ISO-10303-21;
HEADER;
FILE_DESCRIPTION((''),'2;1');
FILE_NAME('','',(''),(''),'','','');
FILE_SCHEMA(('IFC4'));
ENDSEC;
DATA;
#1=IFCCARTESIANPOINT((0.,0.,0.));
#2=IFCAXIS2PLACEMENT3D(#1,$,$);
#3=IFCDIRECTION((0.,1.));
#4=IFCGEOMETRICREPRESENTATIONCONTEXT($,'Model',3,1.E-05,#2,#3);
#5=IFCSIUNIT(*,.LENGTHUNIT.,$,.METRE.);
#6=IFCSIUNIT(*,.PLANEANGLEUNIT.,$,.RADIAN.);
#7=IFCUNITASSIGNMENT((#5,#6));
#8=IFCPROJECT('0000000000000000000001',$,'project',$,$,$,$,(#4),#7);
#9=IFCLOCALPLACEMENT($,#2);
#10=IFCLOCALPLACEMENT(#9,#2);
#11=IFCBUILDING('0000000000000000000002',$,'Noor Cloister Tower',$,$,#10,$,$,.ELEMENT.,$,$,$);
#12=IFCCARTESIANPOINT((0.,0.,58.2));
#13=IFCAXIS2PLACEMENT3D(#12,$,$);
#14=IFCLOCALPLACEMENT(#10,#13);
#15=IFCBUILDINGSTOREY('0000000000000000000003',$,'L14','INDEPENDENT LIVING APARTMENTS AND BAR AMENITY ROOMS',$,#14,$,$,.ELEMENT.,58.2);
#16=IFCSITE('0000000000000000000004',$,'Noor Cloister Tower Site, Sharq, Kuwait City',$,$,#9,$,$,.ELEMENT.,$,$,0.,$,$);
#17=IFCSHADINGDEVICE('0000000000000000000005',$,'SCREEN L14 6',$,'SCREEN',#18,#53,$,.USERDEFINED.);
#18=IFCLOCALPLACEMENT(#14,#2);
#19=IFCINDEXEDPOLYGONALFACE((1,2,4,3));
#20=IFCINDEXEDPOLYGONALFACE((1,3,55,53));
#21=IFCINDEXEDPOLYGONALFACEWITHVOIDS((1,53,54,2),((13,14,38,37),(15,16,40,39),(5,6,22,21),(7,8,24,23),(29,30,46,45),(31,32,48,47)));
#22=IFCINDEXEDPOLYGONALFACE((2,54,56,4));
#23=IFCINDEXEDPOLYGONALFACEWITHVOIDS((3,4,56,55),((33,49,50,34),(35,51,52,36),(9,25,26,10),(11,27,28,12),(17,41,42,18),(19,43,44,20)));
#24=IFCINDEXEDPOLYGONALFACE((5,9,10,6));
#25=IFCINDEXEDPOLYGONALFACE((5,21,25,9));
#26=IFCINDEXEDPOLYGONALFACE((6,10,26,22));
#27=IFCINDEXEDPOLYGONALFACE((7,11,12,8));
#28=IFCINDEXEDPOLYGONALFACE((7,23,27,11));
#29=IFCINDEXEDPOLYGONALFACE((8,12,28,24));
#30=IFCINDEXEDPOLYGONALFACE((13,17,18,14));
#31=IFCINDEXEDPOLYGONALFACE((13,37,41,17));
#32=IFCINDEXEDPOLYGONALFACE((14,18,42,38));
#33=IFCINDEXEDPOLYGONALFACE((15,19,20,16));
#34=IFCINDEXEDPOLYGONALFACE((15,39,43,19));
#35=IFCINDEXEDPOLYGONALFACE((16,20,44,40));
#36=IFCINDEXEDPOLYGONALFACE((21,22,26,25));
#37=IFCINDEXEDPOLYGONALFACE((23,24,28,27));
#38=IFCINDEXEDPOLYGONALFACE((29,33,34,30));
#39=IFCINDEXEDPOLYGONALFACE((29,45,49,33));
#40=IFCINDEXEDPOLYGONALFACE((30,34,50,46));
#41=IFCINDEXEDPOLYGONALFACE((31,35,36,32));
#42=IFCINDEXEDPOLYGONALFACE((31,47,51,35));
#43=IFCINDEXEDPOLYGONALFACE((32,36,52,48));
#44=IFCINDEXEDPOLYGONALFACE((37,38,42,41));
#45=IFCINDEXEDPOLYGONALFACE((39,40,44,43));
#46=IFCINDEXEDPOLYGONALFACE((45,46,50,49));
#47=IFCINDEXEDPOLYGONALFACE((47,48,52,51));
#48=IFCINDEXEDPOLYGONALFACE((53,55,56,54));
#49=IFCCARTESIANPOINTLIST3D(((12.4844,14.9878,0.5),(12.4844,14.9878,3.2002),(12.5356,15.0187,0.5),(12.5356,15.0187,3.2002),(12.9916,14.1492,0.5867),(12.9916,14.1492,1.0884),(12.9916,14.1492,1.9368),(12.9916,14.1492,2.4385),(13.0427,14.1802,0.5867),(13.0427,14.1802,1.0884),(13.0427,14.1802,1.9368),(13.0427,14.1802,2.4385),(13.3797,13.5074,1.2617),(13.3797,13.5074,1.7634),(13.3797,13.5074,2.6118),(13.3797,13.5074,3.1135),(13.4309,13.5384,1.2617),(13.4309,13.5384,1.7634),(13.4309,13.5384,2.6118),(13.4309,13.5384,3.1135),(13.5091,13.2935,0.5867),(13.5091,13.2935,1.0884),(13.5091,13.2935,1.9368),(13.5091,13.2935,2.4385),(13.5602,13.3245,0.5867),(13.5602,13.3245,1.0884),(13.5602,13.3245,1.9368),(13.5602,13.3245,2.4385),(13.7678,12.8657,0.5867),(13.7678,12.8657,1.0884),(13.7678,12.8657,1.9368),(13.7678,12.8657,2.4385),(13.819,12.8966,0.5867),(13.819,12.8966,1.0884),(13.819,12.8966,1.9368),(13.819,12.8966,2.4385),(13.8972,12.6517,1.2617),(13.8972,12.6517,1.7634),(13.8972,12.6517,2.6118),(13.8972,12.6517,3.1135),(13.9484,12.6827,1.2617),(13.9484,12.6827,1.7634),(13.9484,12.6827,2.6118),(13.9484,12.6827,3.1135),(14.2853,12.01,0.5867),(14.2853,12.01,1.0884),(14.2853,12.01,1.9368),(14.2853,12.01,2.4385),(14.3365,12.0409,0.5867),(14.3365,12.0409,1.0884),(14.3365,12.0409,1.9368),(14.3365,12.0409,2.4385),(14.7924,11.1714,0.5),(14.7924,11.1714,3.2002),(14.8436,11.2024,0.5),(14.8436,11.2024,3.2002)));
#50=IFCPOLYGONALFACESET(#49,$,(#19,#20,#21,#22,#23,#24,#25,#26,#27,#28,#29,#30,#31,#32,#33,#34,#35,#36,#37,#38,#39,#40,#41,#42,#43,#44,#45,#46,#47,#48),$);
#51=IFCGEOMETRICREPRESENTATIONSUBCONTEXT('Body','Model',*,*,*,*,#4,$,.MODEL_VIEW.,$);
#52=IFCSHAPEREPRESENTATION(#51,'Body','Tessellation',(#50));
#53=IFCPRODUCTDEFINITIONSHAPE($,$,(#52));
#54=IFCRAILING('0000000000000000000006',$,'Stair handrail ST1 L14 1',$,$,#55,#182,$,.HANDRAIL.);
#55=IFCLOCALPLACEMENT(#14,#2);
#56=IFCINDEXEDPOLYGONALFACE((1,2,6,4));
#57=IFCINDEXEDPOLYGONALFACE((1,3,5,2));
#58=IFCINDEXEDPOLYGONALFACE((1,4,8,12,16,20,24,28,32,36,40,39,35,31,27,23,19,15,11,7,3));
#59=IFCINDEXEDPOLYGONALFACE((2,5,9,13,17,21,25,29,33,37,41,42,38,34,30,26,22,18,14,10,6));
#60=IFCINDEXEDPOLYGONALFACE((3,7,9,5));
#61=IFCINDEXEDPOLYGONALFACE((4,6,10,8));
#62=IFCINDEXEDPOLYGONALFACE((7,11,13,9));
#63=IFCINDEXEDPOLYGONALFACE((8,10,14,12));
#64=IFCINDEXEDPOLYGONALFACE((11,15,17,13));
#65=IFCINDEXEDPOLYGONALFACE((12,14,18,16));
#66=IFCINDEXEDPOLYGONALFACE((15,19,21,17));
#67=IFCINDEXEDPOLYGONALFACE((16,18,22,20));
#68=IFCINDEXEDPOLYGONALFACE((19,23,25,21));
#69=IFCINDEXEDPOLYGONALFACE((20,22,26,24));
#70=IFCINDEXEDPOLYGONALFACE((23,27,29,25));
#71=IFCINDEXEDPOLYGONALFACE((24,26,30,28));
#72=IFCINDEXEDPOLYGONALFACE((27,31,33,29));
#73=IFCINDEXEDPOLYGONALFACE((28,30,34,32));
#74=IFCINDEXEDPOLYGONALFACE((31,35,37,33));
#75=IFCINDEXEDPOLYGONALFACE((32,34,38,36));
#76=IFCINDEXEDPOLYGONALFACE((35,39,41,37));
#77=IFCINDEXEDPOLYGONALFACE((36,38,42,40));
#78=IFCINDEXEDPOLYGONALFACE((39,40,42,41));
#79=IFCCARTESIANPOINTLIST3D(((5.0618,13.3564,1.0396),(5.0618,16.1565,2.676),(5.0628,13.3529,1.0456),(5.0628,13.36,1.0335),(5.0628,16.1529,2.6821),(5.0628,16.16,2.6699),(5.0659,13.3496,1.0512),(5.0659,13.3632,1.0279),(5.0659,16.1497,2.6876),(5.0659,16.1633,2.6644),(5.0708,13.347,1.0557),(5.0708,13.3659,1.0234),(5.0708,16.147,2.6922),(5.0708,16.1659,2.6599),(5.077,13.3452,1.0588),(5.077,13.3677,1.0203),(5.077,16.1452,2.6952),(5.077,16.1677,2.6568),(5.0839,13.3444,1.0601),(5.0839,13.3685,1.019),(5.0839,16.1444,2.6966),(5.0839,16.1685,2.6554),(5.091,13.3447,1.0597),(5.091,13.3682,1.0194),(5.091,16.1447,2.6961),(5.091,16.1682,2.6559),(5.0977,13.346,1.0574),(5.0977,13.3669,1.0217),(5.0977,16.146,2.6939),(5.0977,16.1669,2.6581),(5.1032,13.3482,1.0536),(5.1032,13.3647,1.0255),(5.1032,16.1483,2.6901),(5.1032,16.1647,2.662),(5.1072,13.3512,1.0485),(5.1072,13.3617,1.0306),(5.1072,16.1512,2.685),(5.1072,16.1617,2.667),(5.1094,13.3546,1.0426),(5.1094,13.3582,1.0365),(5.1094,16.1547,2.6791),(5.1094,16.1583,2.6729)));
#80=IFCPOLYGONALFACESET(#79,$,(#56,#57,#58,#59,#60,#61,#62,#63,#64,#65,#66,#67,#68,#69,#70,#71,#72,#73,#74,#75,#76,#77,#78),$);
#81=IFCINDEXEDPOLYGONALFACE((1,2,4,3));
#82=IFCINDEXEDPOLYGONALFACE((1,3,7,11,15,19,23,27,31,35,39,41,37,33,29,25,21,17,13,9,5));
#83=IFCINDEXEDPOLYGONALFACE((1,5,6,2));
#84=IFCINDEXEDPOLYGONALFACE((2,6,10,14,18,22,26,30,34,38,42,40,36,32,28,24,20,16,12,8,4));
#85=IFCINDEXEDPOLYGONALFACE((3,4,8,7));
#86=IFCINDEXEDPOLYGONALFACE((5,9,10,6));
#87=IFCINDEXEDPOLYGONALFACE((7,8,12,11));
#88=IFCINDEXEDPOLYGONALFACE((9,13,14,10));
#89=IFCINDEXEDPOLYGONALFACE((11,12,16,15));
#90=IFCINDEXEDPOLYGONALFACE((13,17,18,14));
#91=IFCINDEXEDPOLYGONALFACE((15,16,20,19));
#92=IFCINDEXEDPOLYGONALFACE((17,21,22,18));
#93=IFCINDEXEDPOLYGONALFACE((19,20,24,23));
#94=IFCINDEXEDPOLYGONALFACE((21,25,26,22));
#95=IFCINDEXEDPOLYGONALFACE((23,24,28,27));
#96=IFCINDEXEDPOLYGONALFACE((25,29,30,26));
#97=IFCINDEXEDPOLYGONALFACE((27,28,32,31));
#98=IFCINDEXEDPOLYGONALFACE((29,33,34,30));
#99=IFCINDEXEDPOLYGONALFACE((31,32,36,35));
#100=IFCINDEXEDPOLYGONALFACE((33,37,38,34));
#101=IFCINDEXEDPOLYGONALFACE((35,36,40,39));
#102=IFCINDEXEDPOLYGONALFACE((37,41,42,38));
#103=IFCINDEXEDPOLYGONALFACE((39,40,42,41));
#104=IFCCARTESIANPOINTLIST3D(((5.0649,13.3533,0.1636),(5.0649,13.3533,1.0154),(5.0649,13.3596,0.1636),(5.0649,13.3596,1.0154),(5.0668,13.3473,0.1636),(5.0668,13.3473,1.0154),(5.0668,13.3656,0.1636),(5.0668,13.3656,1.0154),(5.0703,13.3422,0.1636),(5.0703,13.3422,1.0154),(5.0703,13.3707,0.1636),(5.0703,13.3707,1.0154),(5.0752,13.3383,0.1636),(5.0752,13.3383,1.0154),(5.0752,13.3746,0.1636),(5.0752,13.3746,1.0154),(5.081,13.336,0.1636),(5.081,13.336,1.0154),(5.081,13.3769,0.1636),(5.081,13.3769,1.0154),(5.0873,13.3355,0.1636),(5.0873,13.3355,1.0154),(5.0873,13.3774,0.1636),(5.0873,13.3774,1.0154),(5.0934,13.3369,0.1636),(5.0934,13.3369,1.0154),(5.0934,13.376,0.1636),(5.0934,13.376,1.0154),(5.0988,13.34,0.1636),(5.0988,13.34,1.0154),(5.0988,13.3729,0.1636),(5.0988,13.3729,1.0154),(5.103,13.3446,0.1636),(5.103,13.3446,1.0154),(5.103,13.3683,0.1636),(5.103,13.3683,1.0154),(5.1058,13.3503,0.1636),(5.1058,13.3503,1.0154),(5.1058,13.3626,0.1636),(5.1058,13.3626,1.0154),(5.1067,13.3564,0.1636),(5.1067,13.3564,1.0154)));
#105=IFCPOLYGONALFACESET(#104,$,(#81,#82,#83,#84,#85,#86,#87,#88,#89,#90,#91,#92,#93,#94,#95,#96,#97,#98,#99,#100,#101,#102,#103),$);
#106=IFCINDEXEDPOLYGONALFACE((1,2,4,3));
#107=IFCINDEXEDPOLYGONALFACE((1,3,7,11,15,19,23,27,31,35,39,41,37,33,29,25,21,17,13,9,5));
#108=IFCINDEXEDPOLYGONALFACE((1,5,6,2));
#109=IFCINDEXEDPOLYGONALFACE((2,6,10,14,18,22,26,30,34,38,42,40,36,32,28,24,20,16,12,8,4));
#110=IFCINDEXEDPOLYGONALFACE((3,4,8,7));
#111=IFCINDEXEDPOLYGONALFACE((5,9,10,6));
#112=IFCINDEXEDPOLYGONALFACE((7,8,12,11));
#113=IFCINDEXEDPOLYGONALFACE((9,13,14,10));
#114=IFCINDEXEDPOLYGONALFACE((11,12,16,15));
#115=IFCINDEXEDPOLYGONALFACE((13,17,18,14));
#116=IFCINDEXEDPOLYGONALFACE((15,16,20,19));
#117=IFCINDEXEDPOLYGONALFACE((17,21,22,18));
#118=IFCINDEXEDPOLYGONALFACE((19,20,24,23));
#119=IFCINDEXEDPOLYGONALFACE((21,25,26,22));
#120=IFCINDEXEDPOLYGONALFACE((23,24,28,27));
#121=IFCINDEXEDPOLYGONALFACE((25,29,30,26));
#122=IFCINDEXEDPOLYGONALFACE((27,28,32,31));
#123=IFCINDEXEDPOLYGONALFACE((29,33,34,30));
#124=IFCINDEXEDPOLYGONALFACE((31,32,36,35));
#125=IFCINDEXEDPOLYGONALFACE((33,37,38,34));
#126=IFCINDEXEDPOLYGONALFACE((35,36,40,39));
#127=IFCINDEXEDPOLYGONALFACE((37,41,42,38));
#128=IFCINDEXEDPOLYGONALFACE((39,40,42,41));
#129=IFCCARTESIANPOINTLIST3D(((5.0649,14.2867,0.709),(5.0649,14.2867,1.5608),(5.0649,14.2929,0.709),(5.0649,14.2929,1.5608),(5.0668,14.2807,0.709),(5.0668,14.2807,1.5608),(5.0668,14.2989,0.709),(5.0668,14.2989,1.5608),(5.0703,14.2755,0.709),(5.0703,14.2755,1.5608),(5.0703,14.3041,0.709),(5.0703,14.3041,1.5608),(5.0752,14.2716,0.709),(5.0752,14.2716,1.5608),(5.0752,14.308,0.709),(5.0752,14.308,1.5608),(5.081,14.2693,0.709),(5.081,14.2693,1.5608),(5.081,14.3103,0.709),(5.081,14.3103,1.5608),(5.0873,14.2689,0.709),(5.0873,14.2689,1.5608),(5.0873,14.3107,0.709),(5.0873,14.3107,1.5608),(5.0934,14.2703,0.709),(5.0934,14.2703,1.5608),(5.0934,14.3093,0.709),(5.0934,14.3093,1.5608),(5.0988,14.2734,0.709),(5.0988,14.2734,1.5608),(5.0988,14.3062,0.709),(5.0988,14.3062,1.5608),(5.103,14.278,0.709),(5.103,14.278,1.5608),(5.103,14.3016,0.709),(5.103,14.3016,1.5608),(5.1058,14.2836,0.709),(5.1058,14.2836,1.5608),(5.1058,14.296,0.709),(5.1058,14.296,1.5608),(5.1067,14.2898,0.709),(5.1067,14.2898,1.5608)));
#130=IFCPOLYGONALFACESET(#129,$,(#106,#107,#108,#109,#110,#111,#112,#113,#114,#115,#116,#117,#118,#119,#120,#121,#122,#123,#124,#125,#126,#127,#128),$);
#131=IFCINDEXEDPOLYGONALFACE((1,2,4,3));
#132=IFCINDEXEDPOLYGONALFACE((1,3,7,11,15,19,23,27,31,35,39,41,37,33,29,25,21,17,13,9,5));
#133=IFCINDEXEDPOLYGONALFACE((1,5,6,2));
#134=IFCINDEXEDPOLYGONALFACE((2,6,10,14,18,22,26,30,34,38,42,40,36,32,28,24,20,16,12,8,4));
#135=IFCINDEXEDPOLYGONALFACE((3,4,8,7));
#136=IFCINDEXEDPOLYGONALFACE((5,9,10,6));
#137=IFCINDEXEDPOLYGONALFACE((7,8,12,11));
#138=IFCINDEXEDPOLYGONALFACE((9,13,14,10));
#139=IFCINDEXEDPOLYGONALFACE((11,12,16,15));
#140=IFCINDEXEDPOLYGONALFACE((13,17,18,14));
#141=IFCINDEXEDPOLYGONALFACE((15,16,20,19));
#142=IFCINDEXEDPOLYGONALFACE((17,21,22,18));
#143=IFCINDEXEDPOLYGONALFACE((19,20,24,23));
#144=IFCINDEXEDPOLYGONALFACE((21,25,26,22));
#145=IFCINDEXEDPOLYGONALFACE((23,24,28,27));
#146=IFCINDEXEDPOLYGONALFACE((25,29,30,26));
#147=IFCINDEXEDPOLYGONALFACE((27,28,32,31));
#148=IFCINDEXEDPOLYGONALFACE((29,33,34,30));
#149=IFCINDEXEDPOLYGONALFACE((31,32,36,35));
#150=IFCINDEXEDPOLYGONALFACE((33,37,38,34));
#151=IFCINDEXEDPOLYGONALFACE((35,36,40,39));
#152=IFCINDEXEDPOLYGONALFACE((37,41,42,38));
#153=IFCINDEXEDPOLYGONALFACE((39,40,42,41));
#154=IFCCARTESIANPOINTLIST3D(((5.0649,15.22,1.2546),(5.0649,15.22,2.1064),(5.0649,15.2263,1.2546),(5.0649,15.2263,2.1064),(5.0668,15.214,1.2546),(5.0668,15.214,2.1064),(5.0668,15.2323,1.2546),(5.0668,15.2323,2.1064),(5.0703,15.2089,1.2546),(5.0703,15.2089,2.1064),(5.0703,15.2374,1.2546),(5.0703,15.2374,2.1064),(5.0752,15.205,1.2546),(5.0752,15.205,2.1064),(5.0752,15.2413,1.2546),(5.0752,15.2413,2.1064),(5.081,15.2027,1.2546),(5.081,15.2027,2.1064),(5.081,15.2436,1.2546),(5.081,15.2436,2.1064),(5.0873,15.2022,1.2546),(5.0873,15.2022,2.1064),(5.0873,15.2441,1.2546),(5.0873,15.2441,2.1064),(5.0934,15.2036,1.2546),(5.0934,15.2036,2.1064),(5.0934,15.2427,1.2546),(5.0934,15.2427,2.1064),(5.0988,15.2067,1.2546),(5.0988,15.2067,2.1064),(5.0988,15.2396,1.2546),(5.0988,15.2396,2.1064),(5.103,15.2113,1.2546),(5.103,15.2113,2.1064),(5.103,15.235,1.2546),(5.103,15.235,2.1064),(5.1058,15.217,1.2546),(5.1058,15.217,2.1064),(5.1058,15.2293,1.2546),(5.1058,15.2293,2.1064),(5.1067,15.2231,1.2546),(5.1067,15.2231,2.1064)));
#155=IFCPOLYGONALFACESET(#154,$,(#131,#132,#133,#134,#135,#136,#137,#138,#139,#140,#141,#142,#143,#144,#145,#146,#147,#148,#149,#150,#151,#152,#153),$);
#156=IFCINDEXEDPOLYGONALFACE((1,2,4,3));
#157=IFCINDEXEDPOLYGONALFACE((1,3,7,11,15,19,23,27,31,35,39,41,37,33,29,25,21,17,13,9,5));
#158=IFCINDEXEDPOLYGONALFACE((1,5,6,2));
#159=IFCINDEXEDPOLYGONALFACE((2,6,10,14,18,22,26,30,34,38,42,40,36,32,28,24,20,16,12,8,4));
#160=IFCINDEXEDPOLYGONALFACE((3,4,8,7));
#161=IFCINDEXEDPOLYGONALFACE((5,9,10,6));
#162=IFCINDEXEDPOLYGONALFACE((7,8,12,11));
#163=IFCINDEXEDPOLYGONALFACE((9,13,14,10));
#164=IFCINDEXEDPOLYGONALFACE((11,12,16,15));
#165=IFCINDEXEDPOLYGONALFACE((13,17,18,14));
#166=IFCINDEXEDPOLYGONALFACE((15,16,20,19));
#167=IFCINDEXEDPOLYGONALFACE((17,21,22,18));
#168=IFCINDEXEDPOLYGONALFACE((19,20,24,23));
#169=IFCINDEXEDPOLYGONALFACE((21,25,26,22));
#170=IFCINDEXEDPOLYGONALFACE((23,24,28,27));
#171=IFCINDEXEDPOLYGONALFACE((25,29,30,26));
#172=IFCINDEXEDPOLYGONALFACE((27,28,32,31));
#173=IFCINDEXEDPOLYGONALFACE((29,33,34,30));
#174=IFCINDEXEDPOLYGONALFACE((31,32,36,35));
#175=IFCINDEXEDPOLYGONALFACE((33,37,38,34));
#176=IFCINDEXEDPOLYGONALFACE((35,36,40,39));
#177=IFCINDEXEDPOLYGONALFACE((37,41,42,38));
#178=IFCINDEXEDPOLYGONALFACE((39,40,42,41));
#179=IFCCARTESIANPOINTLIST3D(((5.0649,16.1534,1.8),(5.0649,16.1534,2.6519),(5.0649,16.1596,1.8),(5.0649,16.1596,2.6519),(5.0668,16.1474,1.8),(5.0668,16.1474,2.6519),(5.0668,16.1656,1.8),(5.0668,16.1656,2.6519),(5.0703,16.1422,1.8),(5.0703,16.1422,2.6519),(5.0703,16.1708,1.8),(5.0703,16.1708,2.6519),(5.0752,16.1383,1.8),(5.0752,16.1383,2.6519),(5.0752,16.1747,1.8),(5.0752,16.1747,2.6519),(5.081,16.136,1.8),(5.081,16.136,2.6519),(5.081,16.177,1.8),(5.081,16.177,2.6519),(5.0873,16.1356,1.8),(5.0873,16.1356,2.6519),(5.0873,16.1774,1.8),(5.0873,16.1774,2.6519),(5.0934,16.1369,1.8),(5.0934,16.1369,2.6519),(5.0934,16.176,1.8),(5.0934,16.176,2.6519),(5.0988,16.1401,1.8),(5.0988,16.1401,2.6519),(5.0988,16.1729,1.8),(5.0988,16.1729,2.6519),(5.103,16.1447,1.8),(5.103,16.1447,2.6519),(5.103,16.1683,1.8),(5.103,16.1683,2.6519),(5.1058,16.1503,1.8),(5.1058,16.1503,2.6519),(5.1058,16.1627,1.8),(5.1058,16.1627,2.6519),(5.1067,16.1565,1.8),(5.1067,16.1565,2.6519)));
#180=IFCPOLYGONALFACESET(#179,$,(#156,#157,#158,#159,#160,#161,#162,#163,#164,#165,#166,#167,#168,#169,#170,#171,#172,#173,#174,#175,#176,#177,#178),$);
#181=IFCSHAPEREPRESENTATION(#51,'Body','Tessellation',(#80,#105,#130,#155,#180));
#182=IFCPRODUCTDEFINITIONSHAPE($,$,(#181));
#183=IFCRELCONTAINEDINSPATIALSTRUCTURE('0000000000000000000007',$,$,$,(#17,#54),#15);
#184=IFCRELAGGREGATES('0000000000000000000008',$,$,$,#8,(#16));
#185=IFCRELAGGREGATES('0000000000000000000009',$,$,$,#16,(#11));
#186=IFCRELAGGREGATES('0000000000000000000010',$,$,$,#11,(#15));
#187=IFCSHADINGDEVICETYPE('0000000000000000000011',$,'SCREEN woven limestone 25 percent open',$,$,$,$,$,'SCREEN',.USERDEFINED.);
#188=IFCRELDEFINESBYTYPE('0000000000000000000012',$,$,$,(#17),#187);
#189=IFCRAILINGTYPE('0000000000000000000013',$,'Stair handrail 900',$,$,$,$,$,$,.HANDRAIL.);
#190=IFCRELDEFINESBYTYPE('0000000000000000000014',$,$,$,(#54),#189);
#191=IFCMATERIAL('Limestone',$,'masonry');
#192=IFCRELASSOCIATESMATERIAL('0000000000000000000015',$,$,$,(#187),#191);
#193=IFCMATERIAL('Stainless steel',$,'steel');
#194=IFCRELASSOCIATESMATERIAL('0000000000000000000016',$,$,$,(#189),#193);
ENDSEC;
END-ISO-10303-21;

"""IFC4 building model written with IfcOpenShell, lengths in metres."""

from ifc_helpers import new_model, si_unit, direction, frame, origin, origin_2d, place, context, subcontext, project, spatial, polyline, circle, outline, extrude, material, material_profile, profile_set, type_object, element, save


model = new_model("IFC4")

# Units and contexts
model_context = context("Model", 3, precision=1e-05, world=origin(), true_north=direction((0.0, 1.0)))
body_context = subcontext(model_context, "Body", "Model", "MODEL_VIEW")
ifc_project = project(units=[si_unit("LENGTHUNIT", "METRE"), si_unit("PLANEANGLEUNIT", "RADIAN")], contexts=[model_context])

# Site, building, storey
site_placement = place(None, origin())
site = spatial("IfcSite", under=ifc_project, at=site_placement, Name="Noor Cloister Tower Site, Sharq, Kuwait City", CompositionType="ELEMENT", RefElevation=0.0)
building_placement = place(site_placement, origin())
building = spatial("IfcBuilding", under=site, at=building_placement, Name="Noor Cloister Tower", CompositionType="ELEMENT")
storey_placement = place(building_placement, frame((0.0, 0.0, 58.2)))
storey = spatial("IfcBuildingStorey", under=building, at=storey_placement, Name="L14", Description="INDEPENDENT LIVING APARTMENTS AND BAR AMENITY ROOMS", CompositionType="ELEMENT", Elevation=58.2)

# Shading device
ifc_material_1 = material(Name="Limestone", Category="masonry")
ifc_material_profile_1 = material_profile(ifc_material_1, outline(polyline([(-2.23, -1.3501), (2.23, -1.3501), (2.23, 1.3501), (-2.23, 1.3501), (-2.23, -1.3501)]), holes=[polyline([(-1.25, -1.2634), (-0.25, -1.2634), (-0.25, -0.7617), (-1.25, -0.7617), (-1.25, -1.2634)]), polyline([(0.25, -1.2634), (1.25, -1.2634), (1.25, -0.7617), (0.25, -0.7617), (0.25, -1.2634)]), polyline([(-0.5, -0.5884), (0.5, -0.5884), (0.5, -0.0867), (-0.5, -0.0867), (-0.5, -0.5884)]), polyline([(-1.25, 0.0867), (-0.25, 0.0867), (-0.25, 0.5884), (-1.25, 0.5884), (-1.25, 0.0867)]), polyline([(0.25, 0.0867), (1.25, 0.0867), (1.25, 0.5884), (0.25, 0.5884), (0.25, 0.0867)]), polyline([(-0.5, 0.7617), (0.5, 0.7617), (0.5, 1.2634), (-0.5, 1.2634), (-0.5, 0.7617)])]), Name="Woven screen 25 percent open")
ifc_profile_set_1 = profile_set([ifc_material_profile_1], Name="Limestone")
shading_device_type = type_object("IfcShadingDeviceType", Name="SCREEN woven limestone 25 percent open", ElementType="SCREEN", PredefinedType="USERDEFINED", material=ifc_profile_set_1)
shading_device_placement = place(storey_placement, frame((13.6384, 13.0796, 1.8501), z_axis=(0.85569, 0.517489, 0.0), x_axis=(-0.517489, 0.85569, 0.0)))
element("IfcShadingDevice", 1, at=shading_device_placement, inside=storey, type_object=shading_device_type, Name="SCREEN L14 6", ObjectType="SCREEN", PredefinedType="USERDEFINED", context=body_context, shape_type="SweptSolid", body=[
    extrude(outline(polyline([(-2.23, -1.3501), (2.23, -1.3501), (2.23, 1.3501), (-2.23, 1.3501), (-2.23, -1.3501)]), holes=[polyline([(-1.25, -1.2634), (-0.25, -1.2634), (-0.25, -0.7617), (-1.25, -0.7617), (-1.25, -1.2634)]), polyline([(0.25, -1.2634), (1.25, -1.2634), (1.25, -0.7617), (0.25, -0.7617), (0.25, -1.2634)]), polyline([(-0.5, -0.5884), (0.5, -0.5884), (0.5, -0.0867), (-0.5, -0.0867), (-0.5, -0.5884)]), polyline([(-1.25, 0.0867), (-0.25, 0.0867), (-0.25, 0.5884), (-1.25, 0.5884), (-1.25, 0.0867)]), polyline([(0.25, 0.0867), (1.25, 0.0867), (1.25, 0.5884), (0.25, 0.5884), (0.25, 0.0867)]), polyline([(-0.5, 0.7617), (0.5, 0.7617), (0.5, 1.2634), (-0.5, 1.2634), (-0.5, 0.7617)])]), origin(), (0.0, 0.0, 1.0), 0.0598),
])

# Railing
ifc_material_2 = material(Name="Stainless steel", Category="steel")
railing_type_1 = type_object("IfcRailingType", Name="Stair handrail 900", PredefinedType="HANDRAIL", material=ifc_material_2)
railing_1_placement = place(storey_placement, frame((5.0857, 13.3564, 0.1636)))
element("IfcRailing", 2, at=railing_1_placement, inside=storey, type_object=railing_type_1, Name="Stair handrail ST1 L14 1", PredefinedType="HANDRAIL", context=body_context, shape_type="SweptSolid", body=[
    extrude(circle(Radius=0.0239, at=origin_2d()), frame((0.0, 0.0, 0.876), z_axis=(0.0, 0.863361, 0.504587), x_axis=(-1.0, 0.0, 0.0)), (0.0, 0.0, 1.0), 3.2432),
    extrude(circle(Radius=0.021, at=origin_2d()), origin(), (0.0, 0.0, 1.0), 0.8518),
    extrude(circle(Radius=0.021, at=origin_2d()), frame((0.0, 0.9333, 0.5454)), (0.0, 0.0, 1.0), 0.8518),
    extrude(circle(Radius=0.021, at=origin_2d()), frame((0.0, 1.8667, 1.0911)), (0.0, 0.0, 1.0), 0.8518),
    extrude(circle(Radius=0.021, at=origin_2d()), frame((0.0, 2.8, 1.6365)), (0.0, 0.0, 1.0), 0.8518),
])

save(model, "model.ifc")
